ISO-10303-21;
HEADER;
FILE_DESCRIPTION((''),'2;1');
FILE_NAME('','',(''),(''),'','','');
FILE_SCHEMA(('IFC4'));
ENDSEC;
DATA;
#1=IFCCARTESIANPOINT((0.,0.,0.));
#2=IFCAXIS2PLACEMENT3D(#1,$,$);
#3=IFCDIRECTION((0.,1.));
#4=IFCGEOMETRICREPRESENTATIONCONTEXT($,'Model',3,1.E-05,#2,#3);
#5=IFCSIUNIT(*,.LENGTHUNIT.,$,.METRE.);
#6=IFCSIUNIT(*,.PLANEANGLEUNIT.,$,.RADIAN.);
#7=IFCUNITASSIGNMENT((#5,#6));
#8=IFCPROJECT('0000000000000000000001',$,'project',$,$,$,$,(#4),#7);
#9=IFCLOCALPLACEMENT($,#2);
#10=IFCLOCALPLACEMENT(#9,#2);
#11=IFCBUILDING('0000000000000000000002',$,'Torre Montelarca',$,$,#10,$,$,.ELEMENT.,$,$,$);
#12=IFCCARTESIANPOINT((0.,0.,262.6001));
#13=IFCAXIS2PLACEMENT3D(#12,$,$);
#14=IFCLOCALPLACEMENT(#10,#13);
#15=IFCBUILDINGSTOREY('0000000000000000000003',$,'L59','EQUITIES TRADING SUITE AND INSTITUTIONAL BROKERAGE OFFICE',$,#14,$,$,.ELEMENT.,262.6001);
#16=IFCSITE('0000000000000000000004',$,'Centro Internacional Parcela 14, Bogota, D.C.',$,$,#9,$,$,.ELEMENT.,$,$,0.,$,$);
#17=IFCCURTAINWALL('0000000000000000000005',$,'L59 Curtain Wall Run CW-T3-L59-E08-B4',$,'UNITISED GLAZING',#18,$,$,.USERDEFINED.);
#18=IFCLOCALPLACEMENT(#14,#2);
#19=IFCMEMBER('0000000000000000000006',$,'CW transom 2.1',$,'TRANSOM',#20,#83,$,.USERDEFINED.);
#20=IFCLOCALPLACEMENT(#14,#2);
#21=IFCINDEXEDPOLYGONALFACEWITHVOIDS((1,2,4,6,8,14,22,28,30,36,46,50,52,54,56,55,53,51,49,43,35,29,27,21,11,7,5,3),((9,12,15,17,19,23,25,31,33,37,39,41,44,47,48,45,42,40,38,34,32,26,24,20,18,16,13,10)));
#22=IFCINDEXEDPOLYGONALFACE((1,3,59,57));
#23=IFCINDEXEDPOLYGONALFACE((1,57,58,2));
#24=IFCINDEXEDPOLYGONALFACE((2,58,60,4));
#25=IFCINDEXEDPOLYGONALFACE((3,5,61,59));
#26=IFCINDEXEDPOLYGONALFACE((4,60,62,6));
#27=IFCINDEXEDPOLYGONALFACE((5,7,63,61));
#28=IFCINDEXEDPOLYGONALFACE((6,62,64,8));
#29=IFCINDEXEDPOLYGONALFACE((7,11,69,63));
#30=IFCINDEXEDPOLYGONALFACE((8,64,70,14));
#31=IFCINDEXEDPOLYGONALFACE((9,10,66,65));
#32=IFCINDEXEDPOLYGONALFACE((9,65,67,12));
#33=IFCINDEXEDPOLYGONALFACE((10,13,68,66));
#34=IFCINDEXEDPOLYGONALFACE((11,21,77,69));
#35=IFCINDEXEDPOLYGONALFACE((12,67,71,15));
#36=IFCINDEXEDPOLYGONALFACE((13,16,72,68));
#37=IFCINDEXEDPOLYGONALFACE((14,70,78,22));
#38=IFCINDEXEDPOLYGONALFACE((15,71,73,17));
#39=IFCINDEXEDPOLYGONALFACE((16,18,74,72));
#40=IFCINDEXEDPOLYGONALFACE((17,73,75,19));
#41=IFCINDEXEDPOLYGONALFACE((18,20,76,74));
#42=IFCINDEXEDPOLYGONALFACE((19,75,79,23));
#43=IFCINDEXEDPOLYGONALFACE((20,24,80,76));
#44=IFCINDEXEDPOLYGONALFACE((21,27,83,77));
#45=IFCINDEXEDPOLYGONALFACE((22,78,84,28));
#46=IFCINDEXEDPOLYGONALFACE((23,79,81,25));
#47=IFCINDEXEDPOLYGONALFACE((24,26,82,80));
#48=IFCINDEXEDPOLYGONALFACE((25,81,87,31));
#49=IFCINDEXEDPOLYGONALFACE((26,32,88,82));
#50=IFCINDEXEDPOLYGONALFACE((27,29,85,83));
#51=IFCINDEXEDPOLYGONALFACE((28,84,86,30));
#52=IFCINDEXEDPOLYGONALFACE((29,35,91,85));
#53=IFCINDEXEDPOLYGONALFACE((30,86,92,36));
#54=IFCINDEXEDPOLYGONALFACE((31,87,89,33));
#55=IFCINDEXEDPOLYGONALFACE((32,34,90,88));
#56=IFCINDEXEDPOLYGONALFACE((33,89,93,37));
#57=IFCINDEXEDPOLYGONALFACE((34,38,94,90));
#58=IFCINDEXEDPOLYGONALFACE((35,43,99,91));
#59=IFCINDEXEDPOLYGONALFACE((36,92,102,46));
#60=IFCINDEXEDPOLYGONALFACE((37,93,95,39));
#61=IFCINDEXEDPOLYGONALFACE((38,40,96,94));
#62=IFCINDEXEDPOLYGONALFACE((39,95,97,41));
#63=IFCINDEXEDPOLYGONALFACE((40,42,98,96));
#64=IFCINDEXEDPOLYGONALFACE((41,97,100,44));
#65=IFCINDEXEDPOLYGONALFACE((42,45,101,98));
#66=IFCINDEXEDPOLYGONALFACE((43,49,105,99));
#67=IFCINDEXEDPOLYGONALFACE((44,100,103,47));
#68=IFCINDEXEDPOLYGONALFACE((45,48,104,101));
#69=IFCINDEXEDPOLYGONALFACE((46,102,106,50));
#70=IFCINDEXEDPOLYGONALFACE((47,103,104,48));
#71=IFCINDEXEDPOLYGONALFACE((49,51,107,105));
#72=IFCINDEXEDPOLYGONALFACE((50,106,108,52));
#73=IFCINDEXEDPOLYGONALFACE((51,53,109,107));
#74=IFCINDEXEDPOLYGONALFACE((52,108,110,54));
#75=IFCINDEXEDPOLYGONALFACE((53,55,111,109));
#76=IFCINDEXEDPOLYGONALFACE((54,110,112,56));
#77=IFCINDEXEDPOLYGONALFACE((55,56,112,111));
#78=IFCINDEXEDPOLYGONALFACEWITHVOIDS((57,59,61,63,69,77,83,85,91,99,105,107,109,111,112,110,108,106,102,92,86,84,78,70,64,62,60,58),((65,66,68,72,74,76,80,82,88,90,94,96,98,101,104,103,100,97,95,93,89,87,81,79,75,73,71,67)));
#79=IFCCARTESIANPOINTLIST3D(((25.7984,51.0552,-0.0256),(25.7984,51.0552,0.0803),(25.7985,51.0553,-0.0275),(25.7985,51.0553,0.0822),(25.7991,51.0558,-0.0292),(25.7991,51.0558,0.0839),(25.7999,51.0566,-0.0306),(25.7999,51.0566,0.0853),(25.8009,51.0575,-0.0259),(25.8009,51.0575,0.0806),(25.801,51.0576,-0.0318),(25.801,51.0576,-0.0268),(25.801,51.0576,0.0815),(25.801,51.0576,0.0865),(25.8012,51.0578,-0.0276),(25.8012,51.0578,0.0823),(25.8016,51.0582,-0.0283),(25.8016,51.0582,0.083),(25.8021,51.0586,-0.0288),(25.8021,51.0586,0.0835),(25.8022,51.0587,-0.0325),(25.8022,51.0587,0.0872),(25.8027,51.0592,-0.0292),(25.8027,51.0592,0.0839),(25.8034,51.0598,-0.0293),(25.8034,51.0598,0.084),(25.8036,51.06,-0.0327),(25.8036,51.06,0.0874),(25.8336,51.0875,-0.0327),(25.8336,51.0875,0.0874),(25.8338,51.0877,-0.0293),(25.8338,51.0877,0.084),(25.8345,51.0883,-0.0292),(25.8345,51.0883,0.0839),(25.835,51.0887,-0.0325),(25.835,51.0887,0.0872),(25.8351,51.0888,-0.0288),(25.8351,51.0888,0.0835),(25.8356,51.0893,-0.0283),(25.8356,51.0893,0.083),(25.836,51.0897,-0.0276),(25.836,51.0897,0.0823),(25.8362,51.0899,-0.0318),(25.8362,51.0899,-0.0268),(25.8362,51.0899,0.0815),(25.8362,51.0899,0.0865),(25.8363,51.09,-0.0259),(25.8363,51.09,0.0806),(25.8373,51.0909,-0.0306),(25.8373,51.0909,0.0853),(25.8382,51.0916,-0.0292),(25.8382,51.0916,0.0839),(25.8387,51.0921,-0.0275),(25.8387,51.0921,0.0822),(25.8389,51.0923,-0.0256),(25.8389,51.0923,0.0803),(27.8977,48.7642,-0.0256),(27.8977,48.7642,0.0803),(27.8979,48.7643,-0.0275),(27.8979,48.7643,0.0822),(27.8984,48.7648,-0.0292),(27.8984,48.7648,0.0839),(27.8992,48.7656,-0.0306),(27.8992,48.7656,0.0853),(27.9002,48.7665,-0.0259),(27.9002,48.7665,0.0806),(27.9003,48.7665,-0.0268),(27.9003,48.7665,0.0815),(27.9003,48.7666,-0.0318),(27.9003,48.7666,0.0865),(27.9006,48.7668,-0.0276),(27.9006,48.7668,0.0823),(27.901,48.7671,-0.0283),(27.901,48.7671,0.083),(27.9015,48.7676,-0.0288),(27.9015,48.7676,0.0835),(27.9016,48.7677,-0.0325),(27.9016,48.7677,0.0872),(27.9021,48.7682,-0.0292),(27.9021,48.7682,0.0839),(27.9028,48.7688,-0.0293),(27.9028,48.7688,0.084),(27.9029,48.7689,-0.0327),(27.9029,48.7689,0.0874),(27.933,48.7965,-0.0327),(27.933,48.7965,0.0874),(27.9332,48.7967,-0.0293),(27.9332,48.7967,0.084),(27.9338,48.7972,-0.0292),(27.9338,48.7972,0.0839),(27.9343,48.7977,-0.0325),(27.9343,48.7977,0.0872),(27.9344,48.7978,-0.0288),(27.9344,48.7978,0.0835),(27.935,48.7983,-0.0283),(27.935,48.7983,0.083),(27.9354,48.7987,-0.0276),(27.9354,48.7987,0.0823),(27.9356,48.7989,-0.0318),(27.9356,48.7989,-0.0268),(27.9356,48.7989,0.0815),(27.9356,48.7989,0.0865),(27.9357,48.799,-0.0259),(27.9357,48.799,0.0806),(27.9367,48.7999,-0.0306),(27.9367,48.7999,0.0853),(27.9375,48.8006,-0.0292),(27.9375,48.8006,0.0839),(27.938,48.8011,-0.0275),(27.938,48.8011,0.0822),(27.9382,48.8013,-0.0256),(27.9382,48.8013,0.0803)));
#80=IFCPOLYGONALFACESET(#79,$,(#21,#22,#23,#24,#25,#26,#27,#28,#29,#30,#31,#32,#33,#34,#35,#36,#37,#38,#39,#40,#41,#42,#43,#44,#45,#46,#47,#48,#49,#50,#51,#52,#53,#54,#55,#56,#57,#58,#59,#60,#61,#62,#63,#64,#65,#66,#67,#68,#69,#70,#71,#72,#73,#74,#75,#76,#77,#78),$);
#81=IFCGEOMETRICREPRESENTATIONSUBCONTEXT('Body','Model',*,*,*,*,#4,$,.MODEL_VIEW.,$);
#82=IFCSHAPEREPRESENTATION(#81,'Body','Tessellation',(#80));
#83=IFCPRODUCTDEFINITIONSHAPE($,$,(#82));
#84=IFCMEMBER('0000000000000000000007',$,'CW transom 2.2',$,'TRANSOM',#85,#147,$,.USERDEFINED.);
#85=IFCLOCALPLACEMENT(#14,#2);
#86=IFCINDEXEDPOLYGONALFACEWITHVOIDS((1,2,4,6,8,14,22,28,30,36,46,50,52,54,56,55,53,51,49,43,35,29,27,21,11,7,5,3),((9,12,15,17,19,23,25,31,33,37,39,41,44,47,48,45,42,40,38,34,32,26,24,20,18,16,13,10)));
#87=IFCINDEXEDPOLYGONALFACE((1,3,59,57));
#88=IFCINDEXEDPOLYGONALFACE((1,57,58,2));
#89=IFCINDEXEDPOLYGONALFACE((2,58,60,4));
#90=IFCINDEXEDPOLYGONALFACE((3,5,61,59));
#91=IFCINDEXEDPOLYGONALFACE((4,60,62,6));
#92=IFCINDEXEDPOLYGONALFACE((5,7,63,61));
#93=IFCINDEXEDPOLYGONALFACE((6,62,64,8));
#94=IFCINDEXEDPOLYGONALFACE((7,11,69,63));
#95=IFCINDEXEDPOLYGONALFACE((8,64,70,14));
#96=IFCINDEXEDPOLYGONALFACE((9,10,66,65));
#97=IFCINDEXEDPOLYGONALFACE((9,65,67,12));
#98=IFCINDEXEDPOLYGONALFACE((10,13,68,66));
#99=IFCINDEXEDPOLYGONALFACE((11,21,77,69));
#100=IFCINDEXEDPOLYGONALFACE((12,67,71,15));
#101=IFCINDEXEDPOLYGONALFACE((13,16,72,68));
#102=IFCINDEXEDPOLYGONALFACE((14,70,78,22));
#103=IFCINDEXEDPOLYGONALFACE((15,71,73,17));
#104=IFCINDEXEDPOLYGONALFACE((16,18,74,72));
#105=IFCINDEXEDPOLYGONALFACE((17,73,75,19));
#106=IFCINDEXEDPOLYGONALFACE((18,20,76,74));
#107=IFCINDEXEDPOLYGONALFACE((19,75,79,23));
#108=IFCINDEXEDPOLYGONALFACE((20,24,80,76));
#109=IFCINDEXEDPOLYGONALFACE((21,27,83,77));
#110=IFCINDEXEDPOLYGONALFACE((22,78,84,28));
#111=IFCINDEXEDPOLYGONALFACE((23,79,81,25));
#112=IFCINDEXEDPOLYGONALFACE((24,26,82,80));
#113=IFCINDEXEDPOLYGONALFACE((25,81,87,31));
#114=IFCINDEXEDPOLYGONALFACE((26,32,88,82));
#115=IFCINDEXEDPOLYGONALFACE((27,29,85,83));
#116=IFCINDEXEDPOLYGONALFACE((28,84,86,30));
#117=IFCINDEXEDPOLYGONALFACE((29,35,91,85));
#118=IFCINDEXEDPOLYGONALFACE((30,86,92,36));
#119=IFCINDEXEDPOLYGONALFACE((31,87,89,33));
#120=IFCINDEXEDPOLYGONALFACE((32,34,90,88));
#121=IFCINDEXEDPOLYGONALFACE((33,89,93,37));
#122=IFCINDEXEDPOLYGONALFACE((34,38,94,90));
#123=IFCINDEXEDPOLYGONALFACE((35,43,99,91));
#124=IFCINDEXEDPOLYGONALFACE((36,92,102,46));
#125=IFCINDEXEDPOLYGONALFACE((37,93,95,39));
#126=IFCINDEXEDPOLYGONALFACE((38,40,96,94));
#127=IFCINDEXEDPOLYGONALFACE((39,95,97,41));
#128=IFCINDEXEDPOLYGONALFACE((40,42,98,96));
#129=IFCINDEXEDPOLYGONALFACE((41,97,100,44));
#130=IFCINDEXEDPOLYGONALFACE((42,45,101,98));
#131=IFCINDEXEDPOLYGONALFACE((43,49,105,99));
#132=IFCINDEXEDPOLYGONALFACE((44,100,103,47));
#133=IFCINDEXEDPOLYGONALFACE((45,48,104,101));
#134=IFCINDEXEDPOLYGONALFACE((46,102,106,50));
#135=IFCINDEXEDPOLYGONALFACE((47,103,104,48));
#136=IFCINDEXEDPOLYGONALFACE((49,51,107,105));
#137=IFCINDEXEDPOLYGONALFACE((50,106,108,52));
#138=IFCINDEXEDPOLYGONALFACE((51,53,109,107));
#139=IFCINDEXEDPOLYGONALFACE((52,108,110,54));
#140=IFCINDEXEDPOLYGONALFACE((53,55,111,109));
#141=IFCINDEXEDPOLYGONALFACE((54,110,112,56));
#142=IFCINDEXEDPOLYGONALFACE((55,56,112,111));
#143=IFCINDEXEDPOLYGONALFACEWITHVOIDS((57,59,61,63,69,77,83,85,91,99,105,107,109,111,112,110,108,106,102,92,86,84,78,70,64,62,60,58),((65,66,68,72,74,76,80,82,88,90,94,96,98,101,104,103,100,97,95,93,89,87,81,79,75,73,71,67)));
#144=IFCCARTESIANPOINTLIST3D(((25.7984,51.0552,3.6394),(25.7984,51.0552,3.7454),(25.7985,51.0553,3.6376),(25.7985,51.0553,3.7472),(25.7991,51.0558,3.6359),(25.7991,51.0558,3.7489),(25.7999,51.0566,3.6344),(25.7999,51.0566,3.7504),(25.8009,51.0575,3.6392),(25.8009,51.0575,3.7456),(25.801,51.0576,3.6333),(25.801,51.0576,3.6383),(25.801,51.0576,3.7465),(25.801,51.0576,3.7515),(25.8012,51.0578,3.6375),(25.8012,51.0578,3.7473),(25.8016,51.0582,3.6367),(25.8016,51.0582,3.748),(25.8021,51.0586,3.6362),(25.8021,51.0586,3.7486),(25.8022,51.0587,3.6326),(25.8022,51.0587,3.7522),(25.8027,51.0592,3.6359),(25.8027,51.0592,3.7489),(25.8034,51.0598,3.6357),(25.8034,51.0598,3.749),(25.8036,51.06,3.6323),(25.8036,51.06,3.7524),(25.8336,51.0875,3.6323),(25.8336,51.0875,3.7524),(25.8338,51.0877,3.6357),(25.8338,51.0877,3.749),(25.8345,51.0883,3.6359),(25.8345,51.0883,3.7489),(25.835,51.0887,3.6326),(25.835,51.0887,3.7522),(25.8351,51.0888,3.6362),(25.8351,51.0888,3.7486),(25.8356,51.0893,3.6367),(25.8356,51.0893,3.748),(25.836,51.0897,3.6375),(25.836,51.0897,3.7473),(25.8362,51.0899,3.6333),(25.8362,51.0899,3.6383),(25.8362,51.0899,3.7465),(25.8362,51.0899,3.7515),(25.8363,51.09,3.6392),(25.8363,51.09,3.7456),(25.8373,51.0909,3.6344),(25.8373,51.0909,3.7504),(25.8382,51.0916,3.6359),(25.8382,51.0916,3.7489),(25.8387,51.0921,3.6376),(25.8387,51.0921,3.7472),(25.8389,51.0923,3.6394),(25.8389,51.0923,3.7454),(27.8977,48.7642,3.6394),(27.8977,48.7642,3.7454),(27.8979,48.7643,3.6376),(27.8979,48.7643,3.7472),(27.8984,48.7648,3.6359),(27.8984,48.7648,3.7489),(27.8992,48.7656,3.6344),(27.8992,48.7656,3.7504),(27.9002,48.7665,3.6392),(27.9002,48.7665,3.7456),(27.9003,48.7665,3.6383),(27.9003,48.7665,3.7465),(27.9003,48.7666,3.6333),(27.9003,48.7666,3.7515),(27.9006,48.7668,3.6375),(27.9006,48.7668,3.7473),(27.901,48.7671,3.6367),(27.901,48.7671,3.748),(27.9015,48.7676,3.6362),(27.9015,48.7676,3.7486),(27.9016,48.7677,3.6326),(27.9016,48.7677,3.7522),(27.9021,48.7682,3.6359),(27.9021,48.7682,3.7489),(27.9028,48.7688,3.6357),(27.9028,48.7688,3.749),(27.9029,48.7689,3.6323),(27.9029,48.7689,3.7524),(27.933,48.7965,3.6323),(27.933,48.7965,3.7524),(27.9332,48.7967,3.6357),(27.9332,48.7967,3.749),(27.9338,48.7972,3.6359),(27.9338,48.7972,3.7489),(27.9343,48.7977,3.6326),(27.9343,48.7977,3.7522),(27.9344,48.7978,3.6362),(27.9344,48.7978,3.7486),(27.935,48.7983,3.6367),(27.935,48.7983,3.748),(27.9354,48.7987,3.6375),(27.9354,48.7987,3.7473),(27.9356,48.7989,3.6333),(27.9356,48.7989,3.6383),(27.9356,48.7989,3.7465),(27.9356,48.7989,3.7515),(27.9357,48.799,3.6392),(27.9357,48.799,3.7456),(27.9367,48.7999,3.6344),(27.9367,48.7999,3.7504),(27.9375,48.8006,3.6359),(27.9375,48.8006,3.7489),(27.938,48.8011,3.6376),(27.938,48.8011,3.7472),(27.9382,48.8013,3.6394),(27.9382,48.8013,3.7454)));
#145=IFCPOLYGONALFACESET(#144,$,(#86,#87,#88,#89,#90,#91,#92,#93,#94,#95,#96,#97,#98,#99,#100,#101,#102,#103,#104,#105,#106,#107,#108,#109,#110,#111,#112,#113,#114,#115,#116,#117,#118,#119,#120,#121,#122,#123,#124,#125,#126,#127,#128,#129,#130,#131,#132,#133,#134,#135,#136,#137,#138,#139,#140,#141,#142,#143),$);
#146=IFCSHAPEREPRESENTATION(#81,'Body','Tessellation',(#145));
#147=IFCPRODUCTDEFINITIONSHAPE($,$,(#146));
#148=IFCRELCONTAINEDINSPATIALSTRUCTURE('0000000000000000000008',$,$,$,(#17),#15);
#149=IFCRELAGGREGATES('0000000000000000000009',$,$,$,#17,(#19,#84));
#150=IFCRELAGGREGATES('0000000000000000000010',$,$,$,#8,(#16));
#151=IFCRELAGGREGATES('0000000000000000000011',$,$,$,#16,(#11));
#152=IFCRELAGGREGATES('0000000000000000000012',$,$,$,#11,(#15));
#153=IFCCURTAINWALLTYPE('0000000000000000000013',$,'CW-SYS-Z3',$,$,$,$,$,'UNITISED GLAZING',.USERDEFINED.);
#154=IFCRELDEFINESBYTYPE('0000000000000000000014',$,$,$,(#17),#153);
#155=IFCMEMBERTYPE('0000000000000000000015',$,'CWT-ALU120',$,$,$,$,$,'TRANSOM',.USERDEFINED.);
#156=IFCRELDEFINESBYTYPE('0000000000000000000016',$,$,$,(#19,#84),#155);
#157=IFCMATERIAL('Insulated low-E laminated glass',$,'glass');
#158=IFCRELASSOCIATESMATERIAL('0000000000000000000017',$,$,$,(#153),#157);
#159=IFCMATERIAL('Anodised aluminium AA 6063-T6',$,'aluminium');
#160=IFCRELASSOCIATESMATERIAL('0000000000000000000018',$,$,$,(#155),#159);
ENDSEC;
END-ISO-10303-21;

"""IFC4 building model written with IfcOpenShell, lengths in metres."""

from ifc_helpers import new_model, si_unit, direction, frame, origin, origin_2d, place, context, subcontext, project, spatial, hollow_rectangle, extrude, source, transform, mapped, material, material_profile, profile_set, type_object, element, aggregate, save


model = new_model("IFC4")

# Units and contexts
model_context = context("Model", 3, precision=1e-05, world=origin(), true_north=direction((0.0, 1.0)))
body_context = subcontext(model_context, "Body", "Model", "MODEL_VIEW")
ifc_project = project(units=[si_unit("LENGTHUNIT", "METRE"), si_unit("PLANEANGLEUNIT", "RADIAN")], contexts=[model_context])

# Site, building, storey
site_placement = place(None, origin())
site = spatial("IfcSite", under=ifc_project, at=site_placement, Name="Centro Internacional Parcela 14, Bogota, D.C.", CompositionType="ELEMENT", RefElevation=0.0)
building_placement = place(site_placement, origin())
building = spatial("IfcBuilding", under=site, at=building_placement, Name="Torre Montelarca", CompositionType="ELEMENT")
storey_placement = place(building_placement, frame((0.0, 0.0, 262.6001)))
storey = spatial("IfcBuildingStorey", under=building, at=storey_placement, Name="L59", Description="EQUITIES TRADING SUITE AND INSTITUTIONAL BROKERAGE OFFICE", CompositionType="ELEMENT", Elevation=262.6001)

# Shared definitions
ifc_material_1 = material(Name="Insulated low-E laminated glass", Category="glass")
curtain_wall_type = type_object("IfcCurtainWallType", Name="CW-SYS-Z3", ElementType="UNITISED GLAZING", PredefinedType="USERDEFINED", material=ifc_material_1)
ifc_material_2 = material(Name="Anodised aluminium AA 6063-T6", Category="aluminium")

# Curtain wall
curtain_wall_1_placement = place(storey_placement, origin())
curtain_wall_1 = element("IfcCurtainWall", 1, at=curtain_wall_1_placement, inside=storey, type_object=curtain_wall_type, Name="L59 Curtain Wall Run CW-T3-L59-E08-B4", ObjectType="UNITISED GLAZING", PredefinedType="USERDEFINED")

# Members
ifc_material_profile_1 = material_profile(ifc_material_2, hollow_rectangle(XDim=0.0549, YDim=0.1201, WallThickness=0.0034, InnerFilletRadius=0.0034, OuterFilletRadius=0.0071, at=origin_2d()), Name="ALU55X120X3.5", Category="aluminium")
ifc_profile_set_1 = profile_set([ifc_material_profile_1], Name="Anodised aluminium AA 6063-T6")
member_type_1 = type_object("IfcMemberType", Name="CWT-ALU120", ElementType="TRANSOM", PredefinedType="USERDEFINED", material=ifc_profile_set_1)
shared_shape_1 = source(origin(), body_context, "Body", "SweptSolid", [
    extrude(hollow_rectangle(XDim=0.0549, YDim=0.1201, WallThickness=0.0034, InnerFilletRadius=0.0034, OuterFilletRadius=0.0071, at=origin_2d()), origin(), (0.0, 0.0, 1.0), 3.1074),
])
member_1_placement = place(storey_placement, frame((27.918, 48.7827, 0.0273), z_axis=(-0.675597, 0.737272, 0.0), x_axis=(-0.737272, -0.675597, 0.0)))
member_1 = element("IfcMember", 2, at=member_1_placement, type_object=member_type_1, Name="CW transom 2.1", ObjectType="TRANSOM", PredefinedType="USERDEFINED", context=body_context, shape_type="MappedRepresentation", body=[
    mapped(shared_shape_1, transform((0.0, 0.0, 0.0), scale=1.0)),
])
member_2_placement = place(storey_placement, frame((27.918, 48.7827, 3.6924), z_axis=(-0.675597, 0.737272, 0.0), x_axis=(-0.737272, -0.675597, 0.0)))
member_2 = element("IfcMember", 3, at=member_2_placement, type_object=member_type_1, Name="CW transom 2.2", ObjectType="TRANSOM", PredefinedType="USERDEFINED", context=body_context, shape_type="MappedRepresentation", body=[
    mapped(shared_shape_1, transform((0.0, 0.0, 0.0), scale=1.0)),
])

aggregate(curtain_wall_1, [member_1, member_2])

save(model, "model.ifc")
